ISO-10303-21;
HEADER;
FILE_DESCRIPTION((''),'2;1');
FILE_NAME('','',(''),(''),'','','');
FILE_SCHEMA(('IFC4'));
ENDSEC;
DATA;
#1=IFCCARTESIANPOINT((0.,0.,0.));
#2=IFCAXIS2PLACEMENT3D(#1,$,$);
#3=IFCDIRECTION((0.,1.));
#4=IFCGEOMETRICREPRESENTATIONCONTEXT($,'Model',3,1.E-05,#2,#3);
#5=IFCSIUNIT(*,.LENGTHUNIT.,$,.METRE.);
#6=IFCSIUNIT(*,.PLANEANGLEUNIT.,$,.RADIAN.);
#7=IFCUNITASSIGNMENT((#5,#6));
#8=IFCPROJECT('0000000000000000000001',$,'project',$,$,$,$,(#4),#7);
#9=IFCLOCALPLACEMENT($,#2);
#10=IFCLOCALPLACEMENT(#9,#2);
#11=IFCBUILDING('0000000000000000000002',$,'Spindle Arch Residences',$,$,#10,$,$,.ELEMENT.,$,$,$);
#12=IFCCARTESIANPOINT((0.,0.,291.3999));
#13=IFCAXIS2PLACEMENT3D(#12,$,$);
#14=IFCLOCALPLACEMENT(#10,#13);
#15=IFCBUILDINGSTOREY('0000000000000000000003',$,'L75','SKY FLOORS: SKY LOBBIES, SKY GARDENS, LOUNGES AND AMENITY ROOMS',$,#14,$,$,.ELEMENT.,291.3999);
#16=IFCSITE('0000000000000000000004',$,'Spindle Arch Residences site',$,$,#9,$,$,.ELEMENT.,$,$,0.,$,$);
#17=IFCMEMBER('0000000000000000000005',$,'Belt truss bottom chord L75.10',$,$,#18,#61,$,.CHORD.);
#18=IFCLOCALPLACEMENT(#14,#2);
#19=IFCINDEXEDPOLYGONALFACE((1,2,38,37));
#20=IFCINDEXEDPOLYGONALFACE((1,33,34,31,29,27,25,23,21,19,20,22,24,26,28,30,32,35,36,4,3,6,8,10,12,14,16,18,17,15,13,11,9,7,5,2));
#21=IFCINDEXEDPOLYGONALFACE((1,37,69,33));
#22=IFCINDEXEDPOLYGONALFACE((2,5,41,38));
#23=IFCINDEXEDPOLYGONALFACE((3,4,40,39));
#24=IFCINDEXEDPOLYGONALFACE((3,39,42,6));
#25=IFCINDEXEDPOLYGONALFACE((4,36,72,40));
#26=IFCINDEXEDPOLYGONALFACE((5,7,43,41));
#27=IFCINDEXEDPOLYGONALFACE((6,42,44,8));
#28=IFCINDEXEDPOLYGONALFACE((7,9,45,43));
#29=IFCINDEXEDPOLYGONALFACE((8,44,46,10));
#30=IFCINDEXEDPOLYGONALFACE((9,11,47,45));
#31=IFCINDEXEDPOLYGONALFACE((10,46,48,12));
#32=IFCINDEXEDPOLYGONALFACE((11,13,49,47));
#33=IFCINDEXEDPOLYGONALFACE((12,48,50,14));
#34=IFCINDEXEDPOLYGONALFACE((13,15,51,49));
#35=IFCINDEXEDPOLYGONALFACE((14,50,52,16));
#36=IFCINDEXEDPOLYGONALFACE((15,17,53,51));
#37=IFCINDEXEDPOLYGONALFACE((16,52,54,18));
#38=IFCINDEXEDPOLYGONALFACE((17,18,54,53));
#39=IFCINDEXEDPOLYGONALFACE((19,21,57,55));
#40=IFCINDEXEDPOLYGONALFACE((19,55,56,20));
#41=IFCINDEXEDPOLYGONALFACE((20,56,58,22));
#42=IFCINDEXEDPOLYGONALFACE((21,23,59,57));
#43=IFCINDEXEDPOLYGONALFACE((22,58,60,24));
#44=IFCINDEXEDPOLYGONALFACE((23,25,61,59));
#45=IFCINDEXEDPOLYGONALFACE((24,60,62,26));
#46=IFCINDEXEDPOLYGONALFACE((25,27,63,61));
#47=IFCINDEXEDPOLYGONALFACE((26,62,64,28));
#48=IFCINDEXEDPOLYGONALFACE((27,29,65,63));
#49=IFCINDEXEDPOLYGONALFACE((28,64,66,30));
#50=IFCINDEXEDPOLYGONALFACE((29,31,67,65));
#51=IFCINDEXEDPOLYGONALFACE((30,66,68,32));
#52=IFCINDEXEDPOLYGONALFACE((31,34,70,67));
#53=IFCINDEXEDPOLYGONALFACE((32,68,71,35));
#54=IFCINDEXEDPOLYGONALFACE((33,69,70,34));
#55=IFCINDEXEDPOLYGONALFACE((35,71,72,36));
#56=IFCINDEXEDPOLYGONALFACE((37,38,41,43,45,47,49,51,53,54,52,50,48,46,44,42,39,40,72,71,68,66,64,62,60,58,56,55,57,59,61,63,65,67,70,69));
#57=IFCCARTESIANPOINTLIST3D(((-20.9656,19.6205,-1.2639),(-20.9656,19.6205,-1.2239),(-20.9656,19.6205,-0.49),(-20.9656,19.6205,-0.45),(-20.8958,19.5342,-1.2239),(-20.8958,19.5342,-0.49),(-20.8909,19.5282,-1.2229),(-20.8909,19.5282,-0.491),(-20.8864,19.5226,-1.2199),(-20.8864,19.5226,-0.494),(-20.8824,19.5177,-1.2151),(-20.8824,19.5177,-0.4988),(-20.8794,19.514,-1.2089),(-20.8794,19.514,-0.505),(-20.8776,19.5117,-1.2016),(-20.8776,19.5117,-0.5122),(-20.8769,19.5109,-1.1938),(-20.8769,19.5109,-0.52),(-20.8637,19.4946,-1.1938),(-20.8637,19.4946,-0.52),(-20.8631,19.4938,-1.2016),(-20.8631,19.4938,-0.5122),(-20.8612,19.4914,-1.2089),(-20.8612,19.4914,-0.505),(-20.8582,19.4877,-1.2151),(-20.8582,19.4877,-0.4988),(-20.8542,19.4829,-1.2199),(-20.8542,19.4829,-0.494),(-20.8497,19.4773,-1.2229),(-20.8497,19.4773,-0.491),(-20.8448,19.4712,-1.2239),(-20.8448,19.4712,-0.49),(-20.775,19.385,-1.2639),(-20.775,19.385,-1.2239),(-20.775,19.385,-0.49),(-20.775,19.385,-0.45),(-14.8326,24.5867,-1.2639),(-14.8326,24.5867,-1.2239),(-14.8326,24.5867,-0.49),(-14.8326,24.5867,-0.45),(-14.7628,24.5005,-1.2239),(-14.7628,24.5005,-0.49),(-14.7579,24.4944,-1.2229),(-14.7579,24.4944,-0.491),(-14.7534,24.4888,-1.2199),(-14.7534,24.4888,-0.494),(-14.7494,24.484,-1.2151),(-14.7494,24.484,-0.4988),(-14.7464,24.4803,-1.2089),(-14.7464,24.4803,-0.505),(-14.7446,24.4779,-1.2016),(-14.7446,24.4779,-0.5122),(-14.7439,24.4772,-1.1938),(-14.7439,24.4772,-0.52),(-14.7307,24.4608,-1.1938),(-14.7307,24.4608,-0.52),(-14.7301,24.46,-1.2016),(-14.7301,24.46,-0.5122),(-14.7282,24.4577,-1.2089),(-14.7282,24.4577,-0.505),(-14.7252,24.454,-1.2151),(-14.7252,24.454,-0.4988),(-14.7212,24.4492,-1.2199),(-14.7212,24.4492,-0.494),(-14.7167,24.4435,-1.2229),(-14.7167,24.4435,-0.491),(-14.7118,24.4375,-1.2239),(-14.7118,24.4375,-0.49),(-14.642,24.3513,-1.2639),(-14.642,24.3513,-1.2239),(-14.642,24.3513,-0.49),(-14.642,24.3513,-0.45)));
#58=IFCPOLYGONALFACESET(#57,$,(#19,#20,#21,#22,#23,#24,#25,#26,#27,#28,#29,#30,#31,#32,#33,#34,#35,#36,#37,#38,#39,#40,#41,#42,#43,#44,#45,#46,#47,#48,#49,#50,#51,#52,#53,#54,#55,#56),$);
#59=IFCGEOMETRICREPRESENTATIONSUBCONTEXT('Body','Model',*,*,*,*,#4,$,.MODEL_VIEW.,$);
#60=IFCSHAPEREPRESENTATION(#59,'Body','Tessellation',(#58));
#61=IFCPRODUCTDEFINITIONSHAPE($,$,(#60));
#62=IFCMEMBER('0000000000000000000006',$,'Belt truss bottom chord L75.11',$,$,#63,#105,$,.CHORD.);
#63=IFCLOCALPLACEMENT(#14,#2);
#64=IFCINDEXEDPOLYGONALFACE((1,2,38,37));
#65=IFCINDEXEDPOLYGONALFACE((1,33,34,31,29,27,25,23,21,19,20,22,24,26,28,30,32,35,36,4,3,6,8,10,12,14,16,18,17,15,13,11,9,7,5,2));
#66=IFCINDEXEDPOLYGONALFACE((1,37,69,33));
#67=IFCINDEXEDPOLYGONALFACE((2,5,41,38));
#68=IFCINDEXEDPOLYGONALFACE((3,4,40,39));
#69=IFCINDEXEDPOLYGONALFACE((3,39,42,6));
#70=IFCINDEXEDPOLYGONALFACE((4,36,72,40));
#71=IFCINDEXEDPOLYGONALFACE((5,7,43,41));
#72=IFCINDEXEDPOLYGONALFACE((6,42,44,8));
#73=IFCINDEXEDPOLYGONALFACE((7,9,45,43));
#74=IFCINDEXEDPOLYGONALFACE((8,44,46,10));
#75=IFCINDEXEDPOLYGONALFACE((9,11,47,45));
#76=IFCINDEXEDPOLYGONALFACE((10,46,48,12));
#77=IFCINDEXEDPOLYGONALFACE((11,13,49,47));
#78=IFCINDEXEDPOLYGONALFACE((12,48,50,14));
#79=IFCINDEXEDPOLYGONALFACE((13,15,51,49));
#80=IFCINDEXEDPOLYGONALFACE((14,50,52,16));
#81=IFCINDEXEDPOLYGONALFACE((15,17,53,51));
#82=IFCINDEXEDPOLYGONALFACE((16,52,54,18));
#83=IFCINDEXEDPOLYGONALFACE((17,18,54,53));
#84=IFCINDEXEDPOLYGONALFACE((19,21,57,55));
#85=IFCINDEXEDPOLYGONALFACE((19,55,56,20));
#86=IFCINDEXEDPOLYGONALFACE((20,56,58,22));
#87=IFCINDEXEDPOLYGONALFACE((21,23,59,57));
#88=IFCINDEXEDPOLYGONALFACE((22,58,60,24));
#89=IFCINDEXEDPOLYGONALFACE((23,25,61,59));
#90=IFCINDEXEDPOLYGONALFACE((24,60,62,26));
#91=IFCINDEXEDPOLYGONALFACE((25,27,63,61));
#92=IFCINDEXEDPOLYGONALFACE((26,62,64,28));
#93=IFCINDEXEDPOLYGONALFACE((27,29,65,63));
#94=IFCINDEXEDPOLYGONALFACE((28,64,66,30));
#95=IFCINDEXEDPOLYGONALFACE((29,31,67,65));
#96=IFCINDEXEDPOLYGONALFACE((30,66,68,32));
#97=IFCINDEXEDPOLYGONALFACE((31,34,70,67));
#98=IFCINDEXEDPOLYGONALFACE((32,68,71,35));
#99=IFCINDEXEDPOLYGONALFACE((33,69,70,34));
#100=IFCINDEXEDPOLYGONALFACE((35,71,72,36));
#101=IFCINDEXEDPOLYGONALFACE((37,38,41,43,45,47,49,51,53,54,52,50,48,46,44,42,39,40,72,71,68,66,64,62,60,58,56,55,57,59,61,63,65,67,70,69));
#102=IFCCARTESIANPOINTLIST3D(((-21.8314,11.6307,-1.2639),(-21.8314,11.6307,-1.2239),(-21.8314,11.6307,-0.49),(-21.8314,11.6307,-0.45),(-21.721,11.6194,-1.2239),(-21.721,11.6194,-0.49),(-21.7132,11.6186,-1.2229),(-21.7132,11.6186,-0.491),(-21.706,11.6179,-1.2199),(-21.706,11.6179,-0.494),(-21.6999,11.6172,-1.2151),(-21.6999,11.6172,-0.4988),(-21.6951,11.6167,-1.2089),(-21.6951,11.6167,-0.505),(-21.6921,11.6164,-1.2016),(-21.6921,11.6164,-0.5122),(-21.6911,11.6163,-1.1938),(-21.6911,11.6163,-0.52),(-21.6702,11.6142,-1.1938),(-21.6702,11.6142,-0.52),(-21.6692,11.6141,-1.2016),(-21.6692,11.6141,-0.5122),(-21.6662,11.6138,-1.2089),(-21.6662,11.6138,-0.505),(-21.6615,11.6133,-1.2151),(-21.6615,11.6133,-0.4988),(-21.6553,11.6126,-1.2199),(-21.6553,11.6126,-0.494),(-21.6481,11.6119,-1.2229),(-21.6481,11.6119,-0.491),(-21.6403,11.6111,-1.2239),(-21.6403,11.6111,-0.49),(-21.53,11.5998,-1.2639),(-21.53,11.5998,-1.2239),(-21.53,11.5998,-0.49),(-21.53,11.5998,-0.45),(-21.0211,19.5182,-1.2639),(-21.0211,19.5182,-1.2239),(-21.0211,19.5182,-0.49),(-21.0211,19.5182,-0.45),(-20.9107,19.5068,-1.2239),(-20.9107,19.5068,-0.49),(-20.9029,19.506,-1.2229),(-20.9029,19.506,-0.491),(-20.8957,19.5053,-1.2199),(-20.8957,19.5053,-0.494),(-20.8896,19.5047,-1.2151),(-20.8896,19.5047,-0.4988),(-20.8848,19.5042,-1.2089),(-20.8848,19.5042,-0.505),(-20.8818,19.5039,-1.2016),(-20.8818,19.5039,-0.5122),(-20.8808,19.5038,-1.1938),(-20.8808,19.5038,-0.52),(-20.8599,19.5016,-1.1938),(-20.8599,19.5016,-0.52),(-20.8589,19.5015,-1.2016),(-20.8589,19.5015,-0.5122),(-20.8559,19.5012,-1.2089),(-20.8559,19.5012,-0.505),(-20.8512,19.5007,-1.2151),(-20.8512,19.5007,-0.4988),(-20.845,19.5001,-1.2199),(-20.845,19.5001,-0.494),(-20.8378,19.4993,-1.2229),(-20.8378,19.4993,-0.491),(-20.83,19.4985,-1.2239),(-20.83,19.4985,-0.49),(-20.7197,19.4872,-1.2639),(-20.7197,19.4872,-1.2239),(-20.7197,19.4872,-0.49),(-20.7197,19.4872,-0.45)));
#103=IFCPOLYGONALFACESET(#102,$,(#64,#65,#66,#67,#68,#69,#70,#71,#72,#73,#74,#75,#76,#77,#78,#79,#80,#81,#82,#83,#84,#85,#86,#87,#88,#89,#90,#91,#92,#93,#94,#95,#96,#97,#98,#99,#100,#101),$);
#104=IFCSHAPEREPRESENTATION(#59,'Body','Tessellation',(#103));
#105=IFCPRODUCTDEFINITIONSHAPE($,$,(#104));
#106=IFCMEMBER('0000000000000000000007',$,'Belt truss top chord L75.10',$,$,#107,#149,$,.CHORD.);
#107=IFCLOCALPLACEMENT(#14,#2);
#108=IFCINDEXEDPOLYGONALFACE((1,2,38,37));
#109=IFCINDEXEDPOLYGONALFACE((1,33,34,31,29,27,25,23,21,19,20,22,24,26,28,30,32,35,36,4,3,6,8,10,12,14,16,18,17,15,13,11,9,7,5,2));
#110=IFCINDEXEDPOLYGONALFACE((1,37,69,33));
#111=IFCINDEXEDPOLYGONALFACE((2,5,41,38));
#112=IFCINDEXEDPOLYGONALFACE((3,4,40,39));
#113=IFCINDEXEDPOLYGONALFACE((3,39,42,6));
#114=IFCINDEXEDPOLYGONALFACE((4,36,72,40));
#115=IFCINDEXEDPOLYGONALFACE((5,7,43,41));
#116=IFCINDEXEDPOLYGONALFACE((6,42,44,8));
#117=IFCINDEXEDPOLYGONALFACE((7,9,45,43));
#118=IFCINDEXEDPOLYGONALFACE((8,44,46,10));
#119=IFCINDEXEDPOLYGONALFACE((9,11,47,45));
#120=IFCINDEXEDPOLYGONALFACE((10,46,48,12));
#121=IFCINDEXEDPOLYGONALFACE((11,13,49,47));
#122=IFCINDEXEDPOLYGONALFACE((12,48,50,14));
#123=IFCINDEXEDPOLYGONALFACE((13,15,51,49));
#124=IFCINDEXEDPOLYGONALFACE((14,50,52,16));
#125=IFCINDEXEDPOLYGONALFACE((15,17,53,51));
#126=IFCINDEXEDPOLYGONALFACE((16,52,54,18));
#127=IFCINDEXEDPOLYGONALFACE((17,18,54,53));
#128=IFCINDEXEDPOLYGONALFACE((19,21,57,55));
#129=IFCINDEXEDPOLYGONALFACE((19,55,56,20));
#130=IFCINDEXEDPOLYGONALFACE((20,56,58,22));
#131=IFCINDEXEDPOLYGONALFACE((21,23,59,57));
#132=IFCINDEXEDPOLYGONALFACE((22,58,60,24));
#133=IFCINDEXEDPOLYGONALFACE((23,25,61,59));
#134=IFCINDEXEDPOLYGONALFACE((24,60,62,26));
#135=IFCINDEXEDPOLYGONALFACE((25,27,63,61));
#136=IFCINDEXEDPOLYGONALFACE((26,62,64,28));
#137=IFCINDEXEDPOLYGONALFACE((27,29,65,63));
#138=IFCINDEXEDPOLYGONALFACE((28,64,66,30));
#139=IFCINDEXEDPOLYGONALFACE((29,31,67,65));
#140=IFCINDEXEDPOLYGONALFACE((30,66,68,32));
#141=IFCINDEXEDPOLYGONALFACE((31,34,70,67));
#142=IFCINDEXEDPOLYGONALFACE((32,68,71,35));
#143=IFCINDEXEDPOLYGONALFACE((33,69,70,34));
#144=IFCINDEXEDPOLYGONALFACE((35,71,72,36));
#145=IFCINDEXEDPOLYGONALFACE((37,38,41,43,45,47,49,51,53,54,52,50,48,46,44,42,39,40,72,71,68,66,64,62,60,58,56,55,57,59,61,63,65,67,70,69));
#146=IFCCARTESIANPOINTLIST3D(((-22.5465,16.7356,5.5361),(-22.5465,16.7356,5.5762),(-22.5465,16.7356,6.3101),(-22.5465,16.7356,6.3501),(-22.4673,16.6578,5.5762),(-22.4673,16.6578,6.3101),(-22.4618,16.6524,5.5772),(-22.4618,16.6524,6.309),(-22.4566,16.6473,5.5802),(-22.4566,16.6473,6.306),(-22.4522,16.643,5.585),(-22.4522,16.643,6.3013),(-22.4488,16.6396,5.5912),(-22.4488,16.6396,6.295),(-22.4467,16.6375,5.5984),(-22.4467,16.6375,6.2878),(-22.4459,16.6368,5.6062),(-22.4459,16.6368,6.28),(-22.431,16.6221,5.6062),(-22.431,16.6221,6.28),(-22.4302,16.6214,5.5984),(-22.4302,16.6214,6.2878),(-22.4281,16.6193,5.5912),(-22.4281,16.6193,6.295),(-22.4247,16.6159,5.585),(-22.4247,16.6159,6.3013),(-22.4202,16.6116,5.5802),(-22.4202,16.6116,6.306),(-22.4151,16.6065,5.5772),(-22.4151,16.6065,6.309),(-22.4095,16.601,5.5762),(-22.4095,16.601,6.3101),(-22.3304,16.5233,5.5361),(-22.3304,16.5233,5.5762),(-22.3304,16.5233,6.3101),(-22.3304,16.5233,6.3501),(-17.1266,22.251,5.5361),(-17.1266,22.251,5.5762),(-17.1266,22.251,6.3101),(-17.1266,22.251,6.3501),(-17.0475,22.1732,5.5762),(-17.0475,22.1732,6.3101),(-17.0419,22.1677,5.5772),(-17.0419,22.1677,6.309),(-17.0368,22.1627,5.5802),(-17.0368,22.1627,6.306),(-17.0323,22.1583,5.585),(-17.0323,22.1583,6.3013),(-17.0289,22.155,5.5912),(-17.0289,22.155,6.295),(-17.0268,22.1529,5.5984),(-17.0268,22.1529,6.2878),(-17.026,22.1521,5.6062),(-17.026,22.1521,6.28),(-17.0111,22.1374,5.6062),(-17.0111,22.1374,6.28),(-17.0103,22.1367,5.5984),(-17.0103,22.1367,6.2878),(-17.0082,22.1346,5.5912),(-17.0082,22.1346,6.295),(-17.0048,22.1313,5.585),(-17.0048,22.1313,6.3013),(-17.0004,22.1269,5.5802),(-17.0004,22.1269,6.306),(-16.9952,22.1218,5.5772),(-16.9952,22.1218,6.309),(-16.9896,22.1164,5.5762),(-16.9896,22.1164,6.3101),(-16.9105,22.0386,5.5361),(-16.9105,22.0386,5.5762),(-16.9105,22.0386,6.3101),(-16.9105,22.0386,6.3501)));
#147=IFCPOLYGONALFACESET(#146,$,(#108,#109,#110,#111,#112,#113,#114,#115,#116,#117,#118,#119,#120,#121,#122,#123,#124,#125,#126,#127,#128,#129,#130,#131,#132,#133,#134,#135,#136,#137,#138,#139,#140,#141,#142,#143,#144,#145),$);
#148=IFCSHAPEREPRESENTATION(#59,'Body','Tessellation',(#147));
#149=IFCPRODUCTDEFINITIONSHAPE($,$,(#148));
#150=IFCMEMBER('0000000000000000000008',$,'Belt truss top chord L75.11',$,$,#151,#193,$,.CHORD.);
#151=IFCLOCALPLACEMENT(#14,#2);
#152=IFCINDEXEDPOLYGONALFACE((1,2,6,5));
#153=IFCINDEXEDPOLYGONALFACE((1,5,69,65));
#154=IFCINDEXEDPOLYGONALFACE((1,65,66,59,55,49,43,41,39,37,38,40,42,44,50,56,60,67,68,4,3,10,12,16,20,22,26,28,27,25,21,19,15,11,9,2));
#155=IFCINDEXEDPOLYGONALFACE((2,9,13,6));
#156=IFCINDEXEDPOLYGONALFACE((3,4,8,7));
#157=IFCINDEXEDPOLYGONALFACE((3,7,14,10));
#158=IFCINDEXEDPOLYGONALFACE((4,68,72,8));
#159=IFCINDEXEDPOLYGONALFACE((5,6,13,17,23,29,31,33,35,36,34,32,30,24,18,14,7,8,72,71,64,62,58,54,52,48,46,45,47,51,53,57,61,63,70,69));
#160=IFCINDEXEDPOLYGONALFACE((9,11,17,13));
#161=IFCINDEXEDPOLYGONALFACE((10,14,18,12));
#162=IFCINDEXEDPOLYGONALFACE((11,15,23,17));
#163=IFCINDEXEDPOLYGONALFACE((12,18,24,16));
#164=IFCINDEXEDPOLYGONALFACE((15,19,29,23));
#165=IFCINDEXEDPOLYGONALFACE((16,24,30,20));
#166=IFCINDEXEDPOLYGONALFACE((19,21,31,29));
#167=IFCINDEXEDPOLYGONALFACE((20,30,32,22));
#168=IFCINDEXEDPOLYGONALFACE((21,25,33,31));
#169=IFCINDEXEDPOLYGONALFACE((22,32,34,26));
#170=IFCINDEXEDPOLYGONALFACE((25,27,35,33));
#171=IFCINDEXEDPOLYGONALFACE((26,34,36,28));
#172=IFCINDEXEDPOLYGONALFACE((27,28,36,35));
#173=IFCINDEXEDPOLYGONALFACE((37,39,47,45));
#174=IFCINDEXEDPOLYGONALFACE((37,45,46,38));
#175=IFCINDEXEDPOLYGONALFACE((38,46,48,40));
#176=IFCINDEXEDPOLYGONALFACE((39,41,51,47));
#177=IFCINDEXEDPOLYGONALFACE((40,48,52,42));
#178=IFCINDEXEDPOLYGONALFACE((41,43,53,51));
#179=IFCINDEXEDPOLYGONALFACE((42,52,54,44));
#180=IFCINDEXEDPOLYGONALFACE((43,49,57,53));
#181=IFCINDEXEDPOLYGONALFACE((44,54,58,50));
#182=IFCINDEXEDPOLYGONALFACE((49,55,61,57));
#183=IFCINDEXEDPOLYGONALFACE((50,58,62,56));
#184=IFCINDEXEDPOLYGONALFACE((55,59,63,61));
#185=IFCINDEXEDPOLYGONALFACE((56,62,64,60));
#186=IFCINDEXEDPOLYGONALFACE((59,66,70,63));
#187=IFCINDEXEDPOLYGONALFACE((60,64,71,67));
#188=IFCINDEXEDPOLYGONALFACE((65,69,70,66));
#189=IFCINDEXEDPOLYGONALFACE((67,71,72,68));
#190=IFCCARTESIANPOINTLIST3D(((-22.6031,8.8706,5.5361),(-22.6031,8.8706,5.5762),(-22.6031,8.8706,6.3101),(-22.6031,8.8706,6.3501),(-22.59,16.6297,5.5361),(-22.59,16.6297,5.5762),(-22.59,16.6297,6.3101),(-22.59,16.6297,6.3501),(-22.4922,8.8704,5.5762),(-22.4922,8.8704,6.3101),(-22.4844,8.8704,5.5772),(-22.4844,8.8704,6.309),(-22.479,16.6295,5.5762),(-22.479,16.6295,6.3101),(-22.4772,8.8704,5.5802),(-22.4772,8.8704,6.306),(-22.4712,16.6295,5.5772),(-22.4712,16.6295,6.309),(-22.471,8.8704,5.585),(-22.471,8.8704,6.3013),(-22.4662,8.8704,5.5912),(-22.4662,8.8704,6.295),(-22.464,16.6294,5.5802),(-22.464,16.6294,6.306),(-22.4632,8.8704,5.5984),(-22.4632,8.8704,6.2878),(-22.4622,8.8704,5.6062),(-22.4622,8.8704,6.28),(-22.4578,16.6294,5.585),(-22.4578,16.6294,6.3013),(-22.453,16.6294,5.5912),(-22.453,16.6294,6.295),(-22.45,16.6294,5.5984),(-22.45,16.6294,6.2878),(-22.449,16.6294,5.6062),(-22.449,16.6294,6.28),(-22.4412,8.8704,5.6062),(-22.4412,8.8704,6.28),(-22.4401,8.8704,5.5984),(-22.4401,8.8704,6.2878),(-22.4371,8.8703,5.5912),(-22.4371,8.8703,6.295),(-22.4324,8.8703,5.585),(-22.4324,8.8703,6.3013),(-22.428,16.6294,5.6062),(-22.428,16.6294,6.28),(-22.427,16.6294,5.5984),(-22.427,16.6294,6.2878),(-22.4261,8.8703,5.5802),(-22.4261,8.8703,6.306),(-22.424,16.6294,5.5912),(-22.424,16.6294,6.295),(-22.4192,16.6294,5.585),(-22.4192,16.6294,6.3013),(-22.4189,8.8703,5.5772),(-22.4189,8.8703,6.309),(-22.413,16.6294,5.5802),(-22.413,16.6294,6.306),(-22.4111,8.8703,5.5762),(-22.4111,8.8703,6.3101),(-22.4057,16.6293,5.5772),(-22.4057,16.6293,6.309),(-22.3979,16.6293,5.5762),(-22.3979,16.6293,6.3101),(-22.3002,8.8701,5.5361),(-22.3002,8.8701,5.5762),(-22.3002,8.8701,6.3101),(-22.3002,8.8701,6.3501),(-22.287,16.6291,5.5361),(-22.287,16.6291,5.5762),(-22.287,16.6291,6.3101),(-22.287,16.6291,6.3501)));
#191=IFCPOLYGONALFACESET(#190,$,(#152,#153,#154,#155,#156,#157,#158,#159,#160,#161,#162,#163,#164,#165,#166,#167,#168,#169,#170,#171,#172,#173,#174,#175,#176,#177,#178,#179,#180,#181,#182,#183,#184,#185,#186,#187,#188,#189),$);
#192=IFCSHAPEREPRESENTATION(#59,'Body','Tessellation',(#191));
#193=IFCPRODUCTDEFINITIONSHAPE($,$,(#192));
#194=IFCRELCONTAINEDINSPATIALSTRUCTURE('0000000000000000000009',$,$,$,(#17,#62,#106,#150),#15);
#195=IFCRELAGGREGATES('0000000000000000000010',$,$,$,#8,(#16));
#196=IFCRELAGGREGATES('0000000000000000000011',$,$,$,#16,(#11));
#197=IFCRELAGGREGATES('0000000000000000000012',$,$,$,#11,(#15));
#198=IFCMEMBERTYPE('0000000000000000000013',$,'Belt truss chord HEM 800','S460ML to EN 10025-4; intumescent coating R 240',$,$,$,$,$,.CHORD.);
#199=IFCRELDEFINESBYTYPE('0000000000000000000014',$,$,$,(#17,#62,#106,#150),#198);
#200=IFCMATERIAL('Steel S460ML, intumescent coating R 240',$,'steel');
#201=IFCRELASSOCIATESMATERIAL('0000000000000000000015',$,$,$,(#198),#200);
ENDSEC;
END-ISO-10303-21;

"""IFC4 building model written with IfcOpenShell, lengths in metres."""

from ifc_helpers import new_model, si_unit, direction, frame, origin, origin_2d, place, context, subcontext, project, spatial, i_section, extrude, material, material_profile, profile_set, type_object, element, save


model = new_model("IFC4")

# Units and contexts
model_context = context("Model", 3, precision=1e-05, world=origin(), true_north=direction((0.0, 1.0)))
body_context = subcontext(model_context, "Body", "Model", "MODEL_VIEW")
ifc_project = project(units=[si_unit("LENGTHUNIT", "METRE"), si_unit("PLANEANGLEUNIT", "RADIAN")], contexts=[model_context])

# Site, building, storey
site_placement = place(None, origin())
site = spatial("IfcSite", under=ifc_project, at=site_placement, Name="Spindle Arch Residences site", CompositionType="ELEMENT", RefElevation=0.0)
building_placement = place(site_placement, origin())
building = spatial("IfcBuilding", under=site, at=building_placement, Name="Spindle Arch Residences", CompositionType="ELEMENT")
storey_placement = place(building_placement, frame((0.0, 0.0, 291.3999)))
storey = spatial("IfcBuildingStorey", under=building, at=storey_placement, Name="L75", Description="SKY FLOORS: SKY LOBBIES, SKY GARDENS, LOUNGES AND AMENITY ROOMS", CompositionType="ELEMENT", Elevation=291.3999)

# Members
ifc_material_1 = material(Name="Steel S460ML, intumescent coating R 240", Category="steel")
ifc_material_profile_1 = material_profile(ifc_material_1, i_section(OverallWidth=0.303, OverallDepth=0.814, WebThickness=0.021, FlangeThickness=0.04, FilletRadius=0.03, at=origin_2d()), Name="HEM 800")
ifc_profile_set_1 = profile_set([ifc_material_profile_1], Name="Steel S460ML, intumescent coating R 240")
member_type_1 = type_object("IfcMemberType", Name="Belt truss chord HEM 800", Description="S460ML to EN 10025-4; intumescent coating R 240", PredefinedType="CHORD", material=ifc_profile_set_1)
member_1_placement = place(storey_placement, frame((-14.7373, 24.469, -0.8569), z_axis=(-0.777155, -0.629309, 0.0), x_axis=(0.629309, -0.777155, 0.0)))
element("IfcMember", 1, at=member_1_placement, inside=storey, type_object=member_type_1, Name="Belt truss bottom chord L75.10", PredefinedType="CHORD", context=body_context, shape_type="SweptSolid", body=[
    extrude(i_section(OverallWidth=0.303, OverallDepth=0.814, WebThickness=0.021, FlangeThickness=0.04, FilletRadius=0.03, at=origin_2d()), origin(), (0.0, 0.0, 1.0), 7.8916),
])
member_2_placement = place(storey_placement, frame((-20.8704, 19.5027, -0.8569), z_axis=(-0.102195, -0.994764, 0.0), x_axis=(0.994764, -0.102195, 0.0)))
element("IfcMember", 2, at=member_2_placement, inside=storey, type_object=member_type_1, Name="Belt truss bottom chord L75.11", PredefinedType="CHORD", context=body_context, shape_type="SweptSolid", body=[
    extrude(i_section(OverallWidth=0.303, OverallDepth=0.814, WebThickness=0.021, FlangeThickness=0.04, FilletRadius=0.03, at=origin_2d()), origin(), (0.0, 0.0, 1.0), 7.929),
])
member_3_placement = place(storey_placement, frame((-17.0186, 22.1448, 5.9431), z_axis=(-0.700907, -0.713252, 0.0), x_axis=(0.713252, -0.700907, 0.0)))
element("IfcMember", 3, at=member_3_placement, inside=storey, type_object=member_type_1, Name="Belt truss top chord L75.10", PredefinedType="CHORD", context=body_context, shape_type="SweptSolid", body=[
    extrude(i_section(OverallWidth=0.303, OverallDepth=0.814, WebThickness=0.021, FlangeThickness=0.04, FilletRadius=0.03, at=origin_2d()), origin(), (0.0, 0.0, 1.0), 7.7327),
])
member_4_placement = place(storey_placement, frame((-22.4385, 16.6294, 5.9431), z_axis=(-0.001699, -0.999999, 0.0), x_axis=(0.999999, -0.001699, 0.0)))
element("IfcMember", 4, at=member_4_placement, inside=storey, type_object=member_type_1, Name="Belt truss top chord L75.11", PredefinedType="CHORD", context=body_context, shape_type="SweptSolid", body=[
    extrude(i_section(OverallWidth=0.303, OverallDepth=0.814, WebThickness=0.021, FlangeThickness=0.04, FilletRadius=0.03, at=origin_2d()), origin(), (0.0, 0.0, 1.0), 7.759),
])

save(model, "model.ifc")
